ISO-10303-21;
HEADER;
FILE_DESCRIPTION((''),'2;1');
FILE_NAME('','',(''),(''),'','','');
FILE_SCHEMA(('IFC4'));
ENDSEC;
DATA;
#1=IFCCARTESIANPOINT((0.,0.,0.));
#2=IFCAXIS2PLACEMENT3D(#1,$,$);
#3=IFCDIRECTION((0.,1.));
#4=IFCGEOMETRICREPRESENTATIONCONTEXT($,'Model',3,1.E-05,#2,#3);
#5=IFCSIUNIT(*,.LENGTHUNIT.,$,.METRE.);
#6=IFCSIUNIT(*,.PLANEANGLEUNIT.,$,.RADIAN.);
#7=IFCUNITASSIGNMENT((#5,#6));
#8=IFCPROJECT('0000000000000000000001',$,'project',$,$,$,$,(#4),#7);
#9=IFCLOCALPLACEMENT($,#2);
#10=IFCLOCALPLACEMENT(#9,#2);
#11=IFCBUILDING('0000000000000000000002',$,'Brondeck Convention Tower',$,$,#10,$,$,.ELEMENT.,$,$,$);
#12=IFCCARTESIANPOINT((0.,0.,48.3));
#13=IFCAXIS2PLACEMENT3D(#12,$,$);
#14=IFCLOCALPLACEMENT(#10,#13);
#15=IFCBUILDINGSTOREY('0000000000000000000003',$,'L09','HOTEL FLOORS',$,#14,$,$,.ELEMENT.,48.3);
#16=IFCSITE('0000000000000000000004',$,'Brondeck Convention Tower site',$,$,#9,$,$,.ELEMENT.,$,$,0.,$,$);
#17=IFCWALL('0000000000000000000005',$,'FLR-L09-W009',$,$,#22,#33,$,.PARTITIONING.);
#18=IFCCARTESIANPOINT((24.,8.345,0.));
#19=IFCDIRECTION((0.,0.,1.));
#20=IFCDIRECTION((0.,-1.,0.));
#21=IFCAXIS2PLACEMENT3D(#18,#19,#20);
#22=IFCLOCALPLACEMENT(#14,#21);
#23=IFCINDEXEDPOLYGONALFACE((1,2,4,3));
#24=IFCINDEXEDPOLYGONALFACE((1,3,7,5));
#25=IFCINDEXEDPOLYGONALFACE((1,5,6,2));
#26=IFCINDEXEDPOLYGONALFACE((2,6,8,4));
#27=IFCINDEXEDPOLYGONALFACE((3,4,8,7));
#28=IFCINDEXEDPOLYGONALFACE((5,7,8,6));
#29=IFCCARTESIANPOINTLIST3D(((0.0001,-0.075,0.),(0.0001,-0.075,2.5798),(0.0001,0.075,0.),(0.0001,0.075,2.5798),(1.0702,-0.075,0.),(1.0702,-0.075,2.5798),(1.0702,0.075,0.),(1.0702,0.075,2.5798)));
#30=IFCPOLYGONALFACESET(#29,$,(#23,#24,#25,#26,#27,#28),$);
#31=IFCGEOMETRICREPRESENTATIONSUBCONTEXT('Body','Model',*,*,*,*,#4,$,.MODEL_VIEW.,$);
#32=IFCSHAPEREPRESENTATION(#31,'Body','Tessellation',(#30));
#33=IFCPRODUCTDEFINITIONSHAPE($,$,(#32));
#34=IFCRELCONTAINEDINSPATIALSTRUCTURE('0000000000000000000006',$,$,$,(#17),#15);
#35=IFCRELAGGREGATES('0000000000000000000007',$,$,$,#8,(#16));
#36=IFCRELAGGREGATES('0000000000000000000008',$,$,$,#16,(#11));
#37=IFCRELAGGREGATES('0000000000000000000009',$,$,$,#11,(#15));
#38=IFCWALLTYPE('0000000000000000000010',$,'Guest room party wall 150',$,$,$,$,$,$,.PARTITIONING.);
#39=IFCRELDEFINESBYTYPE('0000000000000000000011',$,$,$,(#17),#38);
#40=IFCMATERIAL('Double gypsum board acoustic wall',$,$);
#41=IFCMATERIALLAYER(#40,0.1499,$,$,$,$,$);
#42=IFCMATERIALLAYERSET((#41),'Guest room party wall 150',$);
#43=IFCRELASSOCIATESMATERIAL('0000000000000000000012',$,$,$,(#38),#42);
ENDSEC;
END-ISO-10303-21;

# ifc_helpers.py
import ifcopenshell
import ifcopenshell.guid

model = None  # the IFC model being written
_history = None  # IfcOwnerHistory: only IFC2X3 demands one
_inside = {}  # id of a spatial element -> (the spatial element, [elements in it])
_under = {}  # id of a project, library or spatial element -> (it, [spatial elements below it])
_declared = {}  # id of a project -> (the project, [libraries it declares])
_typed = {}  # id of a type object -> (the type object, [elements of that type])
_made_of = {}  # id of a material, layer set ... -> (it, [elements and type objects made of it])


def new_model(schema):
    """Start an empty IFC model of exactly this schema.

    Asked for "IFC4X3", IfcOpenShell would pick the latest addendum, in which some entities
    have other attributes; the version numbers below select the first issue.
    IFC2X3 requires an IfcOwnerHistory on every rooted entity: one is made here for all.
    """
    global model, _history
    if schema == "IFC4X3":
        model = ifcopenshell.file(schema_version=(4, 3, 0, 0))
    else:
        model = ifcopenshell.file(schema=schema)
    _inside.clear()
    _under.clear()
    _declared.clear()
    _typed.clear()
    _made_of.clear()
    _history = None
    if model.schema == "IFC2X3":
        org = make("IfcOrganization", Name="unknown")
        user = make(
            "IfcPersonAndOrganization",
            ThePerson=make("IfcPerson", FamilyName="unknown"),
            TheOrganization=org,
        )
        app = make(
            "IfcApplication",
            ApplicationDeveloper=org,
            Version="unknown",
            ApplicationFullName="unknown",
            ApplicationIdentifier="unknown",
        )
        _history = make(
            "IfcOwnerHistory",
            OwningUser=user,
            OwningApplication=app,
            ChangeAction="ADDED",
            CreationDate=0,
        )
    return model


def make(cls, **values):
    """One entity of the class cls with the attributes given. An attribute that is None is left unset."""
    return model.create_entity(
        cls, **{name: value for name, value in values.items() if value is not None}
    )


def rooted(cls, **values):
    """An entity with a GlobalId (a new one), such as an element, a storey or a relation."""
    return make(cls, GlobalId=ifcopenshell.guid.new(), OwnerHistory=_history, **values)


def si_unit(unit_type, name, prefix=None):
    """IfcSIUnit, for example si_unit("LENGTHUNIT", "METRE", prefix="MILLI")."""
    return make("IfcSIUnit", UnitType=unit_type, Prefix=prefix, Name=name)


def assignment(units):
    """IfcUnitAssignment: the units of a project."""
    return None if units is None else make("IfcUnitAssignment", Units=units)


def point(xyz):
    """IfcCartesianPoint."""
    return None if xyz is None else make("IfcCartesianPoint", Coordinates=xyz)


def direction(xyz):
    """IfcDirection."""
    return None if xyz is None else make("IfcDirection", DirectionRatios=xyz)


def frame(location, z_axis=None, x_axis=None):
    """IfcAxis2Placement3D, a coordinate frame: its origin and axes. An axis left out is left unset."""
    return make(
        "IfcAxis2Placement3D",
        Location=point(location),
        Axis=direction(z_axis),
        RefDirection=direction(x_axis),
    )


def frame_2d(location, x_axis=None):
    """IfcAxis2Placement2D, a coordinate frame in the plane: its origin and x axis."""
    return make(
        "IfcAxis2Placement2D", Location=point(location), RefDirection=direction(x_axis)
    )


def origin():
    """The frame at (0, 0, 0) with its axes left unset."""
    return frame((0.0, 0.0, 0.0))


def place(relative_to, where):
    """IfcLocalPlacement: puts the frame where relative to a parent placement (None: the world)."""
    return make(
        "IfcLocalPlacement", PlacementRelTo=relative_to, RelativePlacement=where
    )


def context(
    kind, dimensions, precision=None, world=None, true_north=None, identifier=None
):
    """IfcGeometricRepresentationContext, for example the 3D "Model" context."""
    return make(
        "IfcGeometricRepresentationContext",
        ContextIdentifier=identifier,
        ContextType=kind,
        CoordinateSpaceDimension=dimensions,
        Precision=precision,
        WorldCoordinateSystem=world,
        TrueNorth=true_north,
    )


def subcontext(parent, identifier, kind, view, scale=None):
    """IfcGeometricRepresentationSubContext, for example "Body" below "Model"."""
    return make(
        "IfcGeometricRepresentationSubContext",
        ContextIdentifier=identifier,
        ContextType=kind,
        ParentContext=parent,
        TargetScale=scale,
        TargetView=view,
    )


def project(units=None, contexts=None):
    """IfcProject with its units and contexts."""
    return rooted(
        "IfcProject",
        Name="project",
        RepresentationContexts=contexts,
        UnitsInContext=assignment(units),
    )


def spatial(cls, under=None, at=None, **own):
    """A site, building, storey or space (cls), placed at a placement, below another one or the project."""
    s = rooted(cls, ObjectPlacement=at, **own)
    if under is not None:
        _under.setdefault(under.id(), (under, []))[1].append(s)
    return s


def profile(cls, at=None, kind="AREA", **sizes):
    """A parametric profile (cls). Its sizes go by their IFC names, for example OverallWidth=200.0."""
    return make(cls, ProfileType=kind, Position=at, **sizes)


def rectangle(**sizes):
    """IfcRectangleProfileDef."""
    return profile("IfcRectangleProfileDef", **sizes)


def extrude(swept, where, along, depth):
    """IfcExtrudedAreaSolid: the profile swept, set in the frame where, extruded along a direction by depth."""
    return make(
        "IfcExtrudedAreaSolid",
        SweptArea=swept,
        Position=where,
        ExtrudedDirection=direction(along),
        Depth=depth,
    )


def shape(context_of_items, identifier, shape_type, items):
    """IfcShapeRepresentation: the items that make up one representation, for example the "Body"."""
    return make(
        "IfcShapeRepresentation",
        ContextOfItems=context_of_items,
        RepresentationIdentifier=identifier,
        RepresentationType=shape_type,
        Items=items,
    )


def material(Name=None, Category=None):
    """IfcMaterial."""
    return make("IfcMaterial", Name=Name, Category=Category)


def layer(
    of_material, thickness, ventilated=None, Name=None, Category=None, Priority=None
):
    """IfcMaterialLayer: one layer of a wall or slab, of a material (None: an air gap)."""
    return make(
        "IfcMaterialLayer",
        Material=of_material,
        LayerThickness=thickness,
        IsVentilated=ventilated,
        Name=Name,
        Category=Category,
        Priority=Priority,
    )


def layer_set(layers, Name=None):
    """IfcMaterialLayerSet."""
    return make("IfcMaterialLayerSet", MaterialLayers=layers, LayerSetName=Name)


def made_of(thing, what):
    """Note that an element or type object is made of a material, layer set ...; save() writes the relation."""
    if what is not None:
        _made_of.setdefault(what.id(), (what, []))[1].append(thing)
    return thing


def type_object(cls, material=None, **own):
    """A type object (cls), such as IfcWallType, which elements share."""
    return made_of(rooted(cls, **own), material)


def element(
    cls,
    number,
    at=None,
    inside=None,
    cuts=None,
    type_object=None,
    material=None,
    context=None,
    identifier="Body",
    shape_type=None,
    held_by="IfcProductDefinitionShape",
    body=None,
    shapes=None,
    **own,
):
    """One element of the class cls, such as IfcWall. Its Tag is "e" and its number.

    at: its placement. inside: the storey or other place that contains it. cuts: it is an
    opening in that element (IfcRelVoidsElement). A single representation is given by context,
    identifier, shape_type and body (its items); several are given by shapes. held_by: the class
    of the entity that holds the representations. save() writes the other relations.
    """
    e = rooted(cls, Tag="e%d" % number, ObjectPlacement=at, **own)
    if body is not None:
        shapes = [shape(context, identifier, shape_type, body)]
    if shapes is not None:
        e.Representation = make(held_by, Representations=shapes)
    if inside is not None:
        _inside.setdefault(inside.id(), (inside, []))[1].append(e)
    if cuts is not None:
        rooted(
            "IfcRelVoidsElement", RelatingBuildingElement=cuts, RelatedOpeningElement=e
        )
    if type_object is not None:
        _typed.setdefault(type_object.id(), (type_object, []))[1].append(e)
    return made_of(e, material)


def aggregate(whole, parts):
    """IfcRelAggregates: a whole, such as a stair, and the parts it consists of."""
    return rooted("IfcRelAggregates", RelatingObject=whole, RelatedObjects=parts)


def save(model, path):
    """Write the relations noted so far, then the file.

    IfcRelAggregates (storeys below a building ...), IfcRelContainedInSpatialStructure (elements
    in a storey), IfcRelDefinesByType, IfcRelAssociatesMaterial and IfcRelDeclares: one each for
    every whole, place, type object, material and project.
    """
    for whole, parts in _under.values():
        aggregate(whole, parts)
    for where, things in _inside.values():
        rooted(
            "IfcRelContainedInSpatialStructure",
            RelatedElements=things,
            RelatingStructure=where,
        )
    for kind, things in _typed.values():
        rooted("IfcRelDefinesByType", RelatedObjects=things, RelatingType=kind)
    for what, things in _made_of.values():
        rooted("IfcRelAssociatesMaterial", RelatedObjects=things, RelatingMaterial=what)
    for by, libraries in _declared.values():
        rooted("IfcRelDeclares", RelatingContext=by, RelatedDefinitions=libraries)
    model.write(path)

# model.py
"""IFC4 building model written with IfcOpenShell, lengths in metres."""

from ifc_helpers import new_model, si_unit, direction, frame, frame_2d, origin, place, context, subcontext, project, spatial, rectangle, extrude, material, layer, layer_set, type_object, element, save


model = new_model("IFC4")

# Units and contexts
model_context = context("Model", 3, precision=1e-05, world=origin(), true_north=direction((0.0, 1.0)))
body_context = subcontext(model_context, "Body", "Model", "MODEL_VIEW")
ifc_project = project(units=[si_unit("LENGTHUNIT", "METRE"), si_unit("PLANEANGLEUNIT", "RADIAN")], contexts=[model_context])

# Site, building, storey
site_placement = place(None, origin())
site = spatial("IfcSite", under=ifc_project, at=site_placement, Name="Brondeck Convention Tower site", CompositionType="ELEMENT", RefElevation=0.0)
building_placement = place(site_placement, origin())
building = spatial("IfcBuilding", under=site, at=building_placement, Name="Brondeck Convention Tower", CompositionType="ELEMENT")
storey_placement = place(building_placement, frame((0.0, 0.0, 48.3)))
storey = spatial("IfcBuildingStorey", under=building, at=storey_placement, Name="L09", Description="HOTEL FLOORS", CompositionType="ELEMENT", Elevation=48.3)

# Shared definitions
ifc_material_1 = material(Name="Double gypsum board acoustic wall")
ifc_layer_1 = layer(ifc_material_1, 0.1499)
ifc_layer_set_1 = layer_set([ifc_layer_1], Name="Guest room party wall 150")
wall_type_1 = type_object("IfcWallType", Name="Guest room party wall 150", PredefinedType="PARTITIONING", material=ifc_layer_set_1)

# Wall
wall_1_placement = place(storey_placement, frame((24.0, 8.345, 0.0), z_axis=(0.0, 0.0, 1.0), x_axis=(0.0, -1.0, 0.0)))
element("IfcWall", 1, at=wall_1_placement, inside=storey, type_object=wall_type_1, Name="FLR-L09-W009", PredefinedType="PARTITIONING", context=body_context, shape_type="SweptSolid", body=[
    extrude(rectangle(XDim=1.0701, YDim=0.1499, at=frame_2d((0.5352, 0.0))), origin(), (0.0, 0.0, 1.0), 2.5798),
])

save(model, "model.ifc")
